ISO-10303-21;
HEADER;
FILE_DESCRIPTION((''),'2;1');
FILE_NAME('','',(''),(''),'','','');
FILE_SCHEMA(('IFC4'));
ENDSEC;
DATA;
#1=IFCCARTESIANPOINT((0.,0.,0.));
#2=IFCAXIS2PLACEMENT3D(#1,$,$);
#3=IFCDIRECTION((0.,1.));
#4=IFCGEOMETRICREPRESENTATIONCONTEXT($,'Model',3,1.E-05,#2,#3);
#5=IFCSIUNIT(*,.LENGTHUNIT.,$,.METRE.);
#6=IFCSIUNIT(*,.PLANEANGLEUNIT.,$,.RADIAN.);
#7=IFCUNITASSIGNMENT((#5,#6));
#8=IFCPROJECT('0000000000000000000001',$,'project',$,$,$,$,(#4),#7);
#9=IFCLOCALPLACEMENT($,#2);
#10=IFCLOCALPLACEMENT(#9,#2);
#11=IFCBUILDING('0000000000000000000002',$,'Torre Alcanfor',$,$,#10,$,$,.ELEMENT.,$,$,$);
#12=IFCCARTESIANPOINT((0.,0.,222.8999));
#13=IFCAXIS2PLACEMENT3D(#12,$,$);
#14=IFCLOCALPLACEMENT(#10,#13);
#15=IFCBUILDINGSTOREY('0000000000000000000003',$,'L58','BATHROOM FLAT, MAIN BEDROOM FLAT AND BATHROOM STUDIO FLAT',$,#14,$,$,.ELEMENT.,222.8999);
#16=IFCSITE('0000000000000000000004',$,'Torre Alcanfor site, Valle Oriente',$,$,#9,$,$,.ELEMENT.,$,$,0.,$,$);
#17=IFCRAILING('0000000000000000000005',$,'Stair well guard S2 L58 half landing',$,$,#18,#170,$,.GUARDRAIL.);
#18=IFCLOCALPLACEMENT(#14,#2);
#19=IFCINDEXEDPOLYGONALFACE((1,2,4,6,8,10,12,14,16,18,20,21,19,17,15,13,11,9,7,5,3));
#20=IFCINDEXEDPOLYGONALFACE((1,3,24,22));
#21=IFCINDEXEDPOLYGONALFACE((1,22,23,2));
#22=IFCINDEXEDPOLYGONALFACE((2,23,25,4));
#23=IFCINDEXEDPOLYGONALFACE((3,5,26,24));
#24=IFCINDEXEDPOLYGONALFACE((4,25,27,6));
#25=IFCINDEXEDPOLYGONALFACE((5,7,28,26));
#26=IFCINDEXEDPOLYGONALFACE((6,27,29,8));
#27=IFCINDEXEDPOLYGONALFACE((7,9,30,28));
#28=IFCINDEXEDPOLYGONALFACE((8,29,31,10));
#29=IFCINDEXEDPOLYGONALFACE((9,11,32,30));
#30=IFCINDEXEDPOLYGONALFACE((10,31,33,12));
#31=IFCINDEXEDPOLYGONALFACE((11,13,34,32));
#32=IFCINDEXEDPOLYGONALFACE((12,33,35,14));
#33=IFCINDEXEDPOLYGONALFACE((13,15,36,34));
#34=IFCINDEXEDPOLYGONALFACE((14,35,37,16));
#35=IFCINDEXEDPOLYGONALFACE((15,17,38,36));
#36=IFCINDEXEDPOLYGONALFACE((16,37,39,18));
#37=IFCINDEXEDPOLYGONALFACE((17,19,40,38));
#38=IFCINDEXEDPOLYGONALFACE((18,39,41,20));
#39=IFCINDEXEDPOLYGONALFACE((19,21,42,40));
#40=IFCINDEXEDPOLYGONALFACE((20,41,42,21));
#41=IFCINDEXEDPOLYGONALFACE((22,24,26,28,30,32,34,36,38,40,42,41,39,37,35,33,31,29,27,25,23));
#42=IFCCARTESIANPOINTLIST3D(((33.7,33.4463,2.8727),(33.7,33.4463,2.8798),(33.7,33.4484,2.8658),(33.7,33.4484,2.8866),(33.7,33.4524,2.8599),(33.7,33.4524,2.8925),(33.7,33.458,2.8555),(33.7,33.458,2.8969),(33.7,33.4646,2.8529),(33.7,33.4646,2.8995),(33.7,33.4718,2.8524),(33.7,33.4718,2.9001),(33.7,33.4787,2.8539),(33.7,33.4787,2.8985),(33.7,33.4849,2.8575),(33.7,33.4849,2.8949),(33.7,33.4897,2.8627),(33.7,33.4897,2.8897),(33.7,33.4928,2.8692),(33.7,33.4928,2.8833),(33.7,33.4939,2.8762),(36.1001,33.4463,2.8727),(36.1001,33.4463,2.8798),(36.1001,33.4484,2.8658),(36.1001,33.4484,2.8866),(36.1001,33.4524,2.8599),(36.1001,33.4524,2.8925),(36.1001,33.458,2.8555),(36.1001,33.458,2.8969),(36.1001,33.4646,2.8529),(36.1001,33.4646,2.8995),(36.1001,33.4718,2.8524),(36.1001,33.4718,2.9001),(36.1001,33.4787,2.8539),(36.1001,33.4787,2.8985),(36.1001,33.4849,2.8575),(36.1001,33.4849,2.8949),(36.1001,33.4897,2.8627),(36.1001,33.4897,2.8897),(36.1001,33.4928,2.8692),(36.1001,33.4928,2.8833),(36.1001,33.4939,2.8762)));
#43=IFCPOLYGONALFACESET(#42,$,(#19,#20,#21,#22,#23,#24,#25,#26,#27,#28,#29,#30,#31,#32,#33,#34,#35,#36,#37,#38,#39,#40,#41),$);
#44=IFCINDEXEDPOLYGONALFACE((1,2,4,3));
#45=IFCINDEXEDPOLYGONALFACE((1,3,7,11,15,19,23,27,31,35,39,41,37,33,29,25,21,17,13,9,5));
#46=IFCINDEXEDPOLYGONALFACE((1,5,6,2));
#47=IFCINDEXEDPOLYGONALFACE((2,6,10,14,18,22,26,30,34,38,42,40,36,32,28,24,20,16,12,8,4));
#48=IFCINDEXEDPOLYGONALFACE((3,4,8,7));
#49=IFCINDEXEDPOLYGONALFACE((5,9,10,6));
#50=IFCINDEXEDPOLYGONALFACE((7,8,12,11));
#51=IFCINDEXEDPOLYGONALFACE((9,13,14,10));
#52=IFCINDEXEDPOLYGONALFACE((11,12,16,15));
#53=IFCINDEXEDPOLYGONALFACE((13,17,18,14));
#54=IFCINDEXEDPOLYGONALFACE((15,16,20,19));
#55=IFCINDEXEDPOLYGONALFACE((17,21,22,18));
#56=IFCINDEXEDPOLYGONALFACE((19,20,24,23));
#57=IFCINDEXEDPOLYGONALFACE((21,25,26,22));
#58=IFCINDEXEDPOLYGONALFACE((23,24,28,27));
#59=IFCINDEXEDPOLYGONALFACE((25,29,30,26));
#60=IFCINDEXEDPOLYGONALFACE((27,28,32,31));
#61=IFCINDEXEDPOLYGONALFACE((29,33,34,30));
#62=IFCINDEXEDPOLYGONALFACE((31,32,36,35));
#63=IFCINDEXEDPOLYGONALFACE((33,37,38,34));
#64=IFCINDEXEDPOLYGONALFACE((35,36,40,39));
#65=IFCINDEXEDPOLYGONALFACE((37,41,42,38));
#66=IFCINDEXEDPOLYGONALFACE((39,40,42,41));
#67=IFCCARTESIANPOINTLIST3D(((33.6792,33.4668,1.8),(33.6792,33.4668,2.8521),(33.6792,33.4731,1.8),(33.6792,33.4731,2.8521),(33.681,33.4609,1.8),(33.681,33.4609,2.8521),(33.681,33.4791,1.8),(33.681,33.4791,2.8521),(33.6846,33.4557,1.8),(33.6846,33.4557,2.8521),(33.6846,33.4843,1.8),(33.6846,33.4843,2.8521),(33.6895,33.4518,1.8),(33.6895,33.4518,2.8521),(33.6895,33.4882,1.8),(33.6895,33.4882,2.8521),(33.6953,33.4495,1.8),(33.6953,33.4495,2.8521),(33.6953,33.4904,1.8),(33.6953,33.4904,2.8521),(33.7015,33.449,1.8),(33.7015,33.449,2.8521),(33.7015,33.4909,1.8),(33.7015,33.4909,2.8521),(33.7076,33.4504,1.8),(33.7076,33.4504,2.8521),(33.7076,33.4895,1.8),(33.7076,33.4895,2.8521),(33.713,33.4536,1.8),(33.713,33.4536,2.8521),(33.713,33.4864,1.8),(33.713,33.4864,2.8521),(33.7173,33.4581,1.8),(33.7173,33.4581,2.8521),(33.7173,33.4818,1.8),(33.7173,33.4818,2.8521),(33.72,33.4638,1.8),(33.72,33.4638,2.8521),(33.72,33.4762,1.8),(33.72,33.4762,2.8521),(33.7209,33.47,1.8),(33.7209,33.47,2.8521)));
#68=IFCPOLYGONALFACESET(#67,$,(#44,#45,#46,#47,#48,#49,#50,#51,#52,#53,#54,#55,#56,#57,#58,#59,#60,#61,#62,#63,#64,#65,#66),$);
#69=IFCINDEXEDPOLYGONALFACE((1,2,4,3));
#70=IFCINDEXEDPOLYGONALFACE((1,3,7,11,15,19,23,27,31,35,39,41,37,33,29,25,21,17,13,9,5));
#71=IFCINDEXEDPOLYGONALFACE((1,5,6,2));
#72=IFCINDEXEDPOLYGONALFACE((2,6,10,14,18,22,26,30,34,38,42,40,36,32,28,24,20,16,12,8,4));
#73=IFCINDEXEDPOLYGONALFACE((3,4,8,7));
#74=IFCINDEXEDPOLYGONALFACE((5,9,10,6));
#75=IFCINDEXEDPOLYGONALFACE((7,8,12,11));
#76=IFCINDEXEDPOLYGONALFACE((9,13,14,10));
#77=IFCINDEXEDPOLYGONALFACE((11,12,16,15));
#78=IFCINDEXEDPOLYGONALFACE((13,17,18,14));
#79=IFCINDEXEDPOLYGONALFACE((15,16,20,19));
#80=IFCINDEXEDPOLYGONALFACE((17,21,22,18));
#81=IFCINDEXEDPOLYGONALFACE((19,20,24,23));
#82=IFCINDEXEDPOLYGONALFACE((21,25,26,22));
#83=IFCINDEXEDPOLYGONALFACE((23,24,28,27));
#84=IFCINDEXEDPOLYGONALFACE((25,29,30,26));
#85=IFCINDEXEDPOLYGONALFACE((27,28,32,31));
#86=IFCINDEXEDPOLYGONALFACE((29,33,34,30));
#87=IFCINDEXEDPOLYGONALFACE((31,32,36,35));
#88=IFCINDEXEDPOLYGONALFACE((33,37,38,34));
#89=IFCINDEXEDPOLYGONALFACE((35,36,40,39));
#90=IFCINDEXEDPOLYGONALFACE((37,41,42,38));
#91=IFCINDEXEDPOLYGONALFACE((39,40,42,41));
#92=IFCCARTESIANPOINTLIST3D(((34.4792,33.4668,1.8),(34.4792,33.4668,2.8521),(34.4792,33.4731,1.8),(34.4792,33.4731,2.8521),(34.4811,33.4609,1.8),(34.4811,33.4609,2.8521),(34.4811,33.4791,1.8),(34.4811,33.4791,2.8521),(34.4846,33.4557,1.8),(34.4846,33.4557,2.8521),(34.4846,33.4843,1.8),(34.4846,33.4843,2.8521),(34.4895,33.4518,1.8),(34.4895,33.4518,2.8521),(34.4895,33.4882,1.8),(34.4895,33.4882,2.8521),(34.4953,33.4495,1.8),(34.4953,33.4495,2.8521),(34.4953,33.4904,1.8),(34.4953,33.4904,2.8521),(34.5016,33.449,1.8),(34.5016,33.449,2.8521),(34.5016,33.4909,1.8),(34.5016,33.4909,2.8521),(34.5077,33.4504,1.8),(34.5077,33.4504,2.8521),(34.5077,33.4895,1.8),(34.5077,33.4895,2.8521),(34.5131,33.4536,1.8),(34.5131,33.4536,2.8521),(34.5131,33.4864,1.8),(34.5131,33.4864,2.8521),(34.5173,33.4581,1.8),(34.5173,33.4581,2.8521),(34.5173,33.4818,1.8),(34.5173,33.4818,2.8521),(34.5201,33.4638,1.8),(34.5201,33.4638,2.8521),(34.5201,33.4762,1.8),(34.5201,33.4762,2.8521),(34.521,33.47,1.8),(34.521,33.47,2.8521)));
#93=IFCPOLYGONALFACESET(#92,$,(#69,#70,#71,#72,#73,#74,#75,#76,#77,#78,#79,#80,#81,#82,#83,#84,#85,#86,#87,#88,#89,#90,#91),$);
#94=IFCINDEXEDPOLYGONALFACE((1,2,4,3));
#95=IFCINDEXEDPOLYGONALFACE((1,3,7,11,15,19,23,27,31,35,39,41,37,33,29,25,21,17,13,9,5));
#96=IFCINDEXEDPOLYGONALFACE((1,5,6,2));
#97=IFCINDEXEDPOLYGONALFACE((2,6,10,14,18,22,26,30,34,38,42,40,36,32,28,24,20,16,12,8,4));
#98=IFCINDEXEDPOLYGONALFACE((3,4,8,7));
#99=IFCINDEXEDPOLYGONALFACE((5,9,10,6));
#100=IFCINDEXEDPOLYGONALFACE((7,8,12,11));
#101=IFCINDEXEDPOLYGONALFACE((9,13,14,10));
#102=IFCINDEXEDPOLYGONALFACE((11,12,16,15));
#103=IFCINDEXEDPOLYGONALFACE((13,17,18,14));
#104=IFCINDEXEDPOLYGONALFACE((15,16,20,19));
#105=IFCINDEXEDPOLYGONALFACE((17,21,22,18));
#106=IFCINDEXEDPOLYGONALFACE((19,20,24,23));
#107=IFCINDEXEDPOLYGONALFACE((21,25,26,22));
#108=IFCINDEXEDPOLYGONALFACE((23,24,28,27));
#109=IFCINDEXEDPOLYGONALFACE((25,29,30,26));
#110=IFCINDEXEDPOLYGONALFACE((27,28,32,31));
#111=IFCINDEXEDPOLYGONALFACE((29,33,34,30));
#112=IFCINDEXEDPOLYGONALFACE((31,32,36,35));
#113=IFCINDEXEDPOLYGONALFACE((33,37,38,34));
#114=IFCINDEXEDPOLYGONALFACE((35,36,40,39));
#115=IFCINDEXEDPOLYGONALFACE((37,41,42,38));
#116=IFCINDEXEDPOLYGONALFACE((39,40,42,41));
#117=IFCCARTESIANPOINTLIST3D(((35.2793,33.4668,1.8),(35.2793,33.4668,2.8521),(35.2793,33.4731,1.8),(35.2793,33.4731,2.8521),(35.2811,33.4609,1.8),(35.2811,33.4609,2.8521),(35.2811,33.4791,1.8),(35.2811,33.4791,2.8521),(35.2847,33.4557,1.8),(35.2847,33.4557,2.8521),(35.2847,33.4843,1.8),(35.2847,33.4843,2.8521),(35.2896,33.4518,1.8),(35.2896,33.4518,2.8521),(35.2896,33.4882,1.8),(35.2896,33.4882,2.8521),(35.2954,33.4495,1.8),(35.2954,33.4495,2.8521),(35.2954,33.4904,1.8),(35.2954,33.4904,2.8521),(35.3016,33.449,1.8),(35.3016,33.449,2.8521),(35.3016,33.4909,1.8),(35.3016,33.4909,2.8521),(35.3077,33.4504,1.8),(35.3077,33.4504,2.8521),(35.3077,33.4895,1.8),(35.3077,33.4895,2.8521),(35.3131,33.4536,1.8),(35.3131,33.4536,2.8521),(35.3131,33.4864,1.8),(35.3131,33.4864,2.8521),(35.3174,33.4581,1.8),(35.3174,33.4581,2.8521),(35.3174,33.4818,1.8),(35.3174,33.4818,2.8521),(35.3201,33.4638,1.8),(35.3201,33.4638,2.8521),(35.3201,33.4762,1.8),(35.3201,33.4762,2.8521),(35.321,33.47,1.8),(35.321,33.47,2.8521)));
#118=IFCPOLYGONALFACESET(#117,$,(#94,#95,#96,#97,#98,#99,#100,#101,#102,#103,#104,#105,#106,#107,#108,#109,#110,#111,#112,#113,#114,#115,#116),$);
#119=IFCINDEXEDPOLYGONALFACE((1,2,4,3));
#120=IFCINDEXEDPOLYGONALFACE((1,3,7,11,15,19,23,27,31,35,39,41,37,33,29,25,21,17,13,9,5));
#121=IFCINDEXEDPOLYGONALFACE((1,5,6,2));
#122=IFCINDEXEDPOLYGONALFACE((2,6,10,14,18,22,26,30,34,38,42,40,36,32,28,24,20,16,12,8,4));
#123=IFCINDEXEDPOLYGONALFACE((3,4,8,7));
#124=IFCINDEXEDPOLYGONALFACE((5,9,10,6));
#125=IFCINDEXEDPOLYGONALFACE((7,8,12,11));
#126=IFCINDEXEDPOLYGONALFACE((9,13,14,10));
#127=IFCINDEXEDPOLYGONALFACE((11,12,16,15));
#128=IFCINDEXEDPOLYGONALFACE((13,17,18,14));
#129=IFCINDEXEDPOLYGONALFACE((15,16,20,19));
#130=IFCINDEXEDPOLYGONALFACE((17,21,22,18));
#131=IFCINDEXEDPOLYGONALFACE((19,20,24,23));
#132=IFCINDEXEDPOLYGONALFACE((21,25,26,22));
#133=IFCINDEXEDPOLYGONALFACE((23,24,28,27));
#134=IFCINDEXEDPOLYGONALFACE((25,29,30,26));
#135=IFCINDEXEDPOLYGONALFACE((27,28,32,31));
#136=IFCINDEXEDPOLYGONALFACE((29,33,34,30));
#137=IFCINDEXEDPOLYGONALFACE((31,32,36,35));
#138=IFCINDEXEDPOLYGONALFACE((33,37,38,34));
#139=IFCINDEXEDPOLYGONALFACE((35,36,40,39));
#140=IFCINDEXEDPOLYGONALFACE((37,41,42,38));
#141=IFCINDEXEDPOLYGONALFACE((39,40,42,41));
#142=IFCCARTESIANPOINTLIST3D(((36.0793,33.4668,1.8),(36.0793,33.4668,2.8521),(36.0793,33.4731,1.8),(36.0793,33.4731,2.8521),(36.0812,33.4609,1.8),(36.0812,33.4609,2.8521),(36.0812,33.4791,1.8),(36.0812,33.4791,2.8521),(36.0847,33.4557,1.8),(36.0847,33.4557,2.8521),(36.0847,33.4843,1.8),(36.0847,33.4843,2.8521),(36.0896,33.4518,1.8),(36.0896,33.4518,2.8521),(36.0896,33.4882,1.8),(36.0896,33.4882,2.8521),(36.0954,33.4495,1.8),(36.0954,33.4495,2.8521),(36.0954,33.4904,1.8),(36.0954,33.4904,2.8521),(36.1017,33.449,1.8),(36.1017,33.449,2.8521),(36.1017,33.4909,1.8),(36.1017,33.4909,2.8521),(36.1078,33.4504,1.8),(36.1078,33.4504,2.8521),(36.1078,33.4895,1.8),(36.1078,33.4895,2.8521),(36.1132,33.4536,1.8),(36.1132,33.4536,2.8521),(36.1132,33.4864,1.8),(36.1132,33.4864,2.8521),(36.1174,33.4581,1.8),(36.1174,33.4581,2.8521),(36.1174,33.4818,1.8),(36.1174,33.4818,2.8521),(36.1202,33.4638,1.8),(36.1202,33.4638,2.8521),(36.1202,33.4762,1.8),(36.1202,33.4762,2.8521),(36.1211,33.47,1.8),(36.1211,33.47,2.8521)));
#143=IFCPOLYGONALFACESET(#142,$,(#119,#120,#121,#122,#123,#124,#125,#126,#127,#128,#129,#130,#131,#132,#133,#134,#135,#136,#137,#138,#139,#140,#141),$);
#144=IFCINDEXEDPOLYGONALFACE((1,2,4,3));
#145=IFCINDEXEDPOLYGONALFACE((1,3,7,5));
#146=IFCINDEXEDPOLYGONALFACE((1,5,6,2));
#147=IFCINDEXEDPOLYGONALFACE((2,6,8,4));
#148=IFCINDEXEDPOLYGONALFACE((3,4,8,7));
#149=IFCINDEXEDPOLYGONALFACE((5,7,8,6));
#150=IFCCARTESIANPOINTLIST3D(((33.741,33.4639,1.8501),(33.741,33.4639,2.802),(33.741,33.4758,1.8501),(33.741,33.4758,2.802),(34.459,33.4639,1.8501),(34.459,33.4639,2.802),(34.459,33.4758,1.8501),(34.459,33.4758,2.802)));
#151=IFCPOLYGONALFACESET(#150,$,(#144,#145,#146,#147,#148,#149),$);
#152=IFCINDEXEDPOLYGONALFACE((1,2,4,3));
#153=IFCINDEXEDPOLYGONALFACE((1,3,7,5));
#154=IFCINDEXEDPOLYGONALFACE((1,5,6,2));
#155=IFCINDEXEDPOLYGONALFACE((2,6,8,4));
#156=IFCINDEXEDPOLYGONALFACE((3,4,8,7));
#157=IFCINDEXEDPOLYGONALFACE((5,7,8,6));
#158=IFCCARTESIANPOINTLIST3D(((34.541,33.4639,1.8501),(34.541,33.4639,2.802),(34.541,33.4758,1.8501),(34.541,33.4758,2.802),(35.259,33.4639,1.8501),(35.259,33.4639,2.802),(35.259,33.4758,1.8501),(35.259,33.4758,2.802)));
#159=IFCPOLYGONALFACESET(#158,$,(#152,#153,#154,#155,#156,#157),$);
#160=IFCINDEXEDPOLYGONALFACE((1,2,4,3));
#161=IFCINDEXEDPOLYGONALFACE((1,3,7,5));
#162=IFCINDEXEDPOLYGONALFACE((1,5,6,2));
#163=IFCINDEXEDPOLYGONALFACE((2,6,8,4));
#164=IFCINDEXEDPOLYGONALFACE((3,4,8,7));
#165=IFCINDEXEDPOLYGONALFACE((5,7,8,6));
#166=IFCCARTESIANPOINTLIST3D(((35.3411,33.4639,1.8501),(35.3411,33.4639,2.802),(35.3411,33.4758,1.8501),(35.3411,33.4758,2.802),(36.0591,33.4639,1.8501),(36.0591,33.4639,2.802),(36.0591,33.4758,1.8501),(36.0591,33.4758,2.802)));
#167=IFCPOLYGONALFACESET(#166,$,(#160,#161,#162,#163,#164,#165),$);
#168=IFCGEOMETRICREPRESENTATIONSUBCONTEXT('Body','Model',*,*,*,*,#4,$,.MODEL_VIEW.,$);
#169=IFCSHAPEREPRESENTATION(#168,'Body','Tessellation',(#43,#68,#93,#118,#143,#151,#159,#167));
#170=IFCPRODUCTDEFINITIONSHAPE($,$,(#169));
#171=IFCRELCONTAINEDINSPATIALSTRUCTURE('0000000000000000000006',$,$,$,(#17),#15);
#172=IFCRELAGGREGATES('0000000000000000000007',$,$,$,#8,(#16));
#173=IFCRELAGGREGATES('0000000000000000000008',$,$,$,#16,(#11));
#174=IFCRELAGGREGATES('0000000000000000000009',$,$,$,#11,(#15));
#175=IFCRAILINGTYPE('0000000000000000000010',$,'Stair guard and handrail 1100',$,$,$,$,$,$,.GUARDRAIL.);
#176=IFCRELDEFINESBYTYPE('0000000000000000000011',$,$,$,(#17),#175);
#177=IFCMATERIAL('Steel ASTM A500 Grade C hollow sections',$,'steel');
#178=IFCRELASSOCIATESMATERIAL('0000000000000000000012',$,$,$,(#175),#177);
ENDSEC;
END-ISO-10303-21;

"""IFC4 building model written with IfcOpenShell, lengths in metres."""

from ifc_helpers import new_model, si_unit, direction, frame, origin, origin_2d, place, context, subcontext, project, spatial, polyline, circle, outline, extrude, material, type_object, element, save


model = new_model("IFC4")

# Units and contexts
model_context = context("Model", 3, precision=1e-05, world=origin(), true_north=direction((0.0, 1.0)))
body_context = subcontext(model_context, "Body", "Model", "MODEL_VIEW")
ifc_project = project(units=[si_unit("LENGTHUNIT", "METRE"), si_unit("PLANEANGLEUNIT", "RADIAN")], contexts=[model_context])

# Site, building, storey
site_placement = place(None, origin())
site = spatial("IfcSite", under=ifc_project, at=site_placement, Name="Torre Alcanfor site, Valle Oriente", CompositionType="ELEMENT", RefElevation=0.0)
building_placement = place(site_placement, origin())
building = spatial("IfcBuilding", under=site, at=building_placement, Name="Torre Alcanfor", CompositionType="ELEMENT")
storey_placement = place(building_placement, frame((0.0, 0.0, 222.8999)))
storey = spatial("IfcBuildingStorey", under=building, at=storey_placement, Name="L58", Description="BATHROOM FLAT, MAIN BEDROOM FLAT AND BATHROOM STUDIO FLAT", CompositionType="ELEMENT", Elevation=222.8999)

# Railing
ifc_material_1 = material(Name="Steel ASTM A500 Grade C hollow sections", Category="steel")
railing_type_1 = type_object("IfcRailingType", Name="Stair guard and handrail 1100", PredefinedType="GUARDRAIL", material=ifc_material_1)
for number, where, name in (
    (1, (33.7, 33.47, 1.8), "Stair well guard S2 L58 half landing"),
):
    element("IfcRailing", number, at=place(storey_placement, frame(where)), inside=storey, type_object=railing_type_1, Name=name, PredefinedType="GUARDRAIL", context=body_context, shape_type="SweptSolid", body=[
        extrude(circle(Radius=0.0239, at=origin_2d()), frame((0.0, 0.0, 1.0762), z_axis=(1.0, 0.0, 0.0), x_axis=(0.0, 1.0, 0.0)), (0.0, 0.0, 1.0), 2.4001),
        extrude(circle(Radius=0.021, at=origin_2d()), origin(), (0.0, 0.0, 1.0), 1.052),
        extrude(circle(Radius=0.021, at=origin_2d()), frame((0.8, 0.0, 0.0)), (0.0, 0.0, 1.0), 1.052),
        extrude(circle(Radius=0.021, at=origin_2d()), frame((1.6001, 0.0, 0.0)), (0.0, 0.0, 1.0), 1.052),
        extrude(circle(Radius=0.021, at=origin_2d()), frame((2.4001, 0.0, 0.0)), (0.0, 0.0, 1.0), 1.052),
        extrude(outline(polyline([(0.041, 0.05), (0.759, 0.05), (0.759, 1.002), (0.041, 1.002), (0.041, 0.05)])), frame((0.0, 0.0059, 0.0), z_axis=(0.0, -1.0, 0.0), x_axis=(1.0, 0.0, 0.0)), (0.0, 0.0, 1.0), 0.012),
        extrude(outline(polyline([(0.8411, 0.05), (1.5591, 0.05), (1.5591, 1.002), (0.8411, 1.002), (0.8411, 0.05)])), frame((0.0, 0.0059, 0.0), z_axis=(0.0, -1.0, 0.0), x_axis=(1.0, 0.0, 0.0)), (0.0, 0.0, 1.0), 0.012),
        extrude(outline(polyline([(1.6411, 0.05), (2.3591, 0.05), (2.3591, 1.002), (1.6411, 1.002), (1.6411, 0.05)])), frame((0.0, 0.0059, 0.0), z_axis=(0.0, -1.0, 0.0), x_axis=(1.0, 0.0, 0.0)), (0.0, 0.0, 1.0), 0.012),
    ])

save(model, "model.ifc")
